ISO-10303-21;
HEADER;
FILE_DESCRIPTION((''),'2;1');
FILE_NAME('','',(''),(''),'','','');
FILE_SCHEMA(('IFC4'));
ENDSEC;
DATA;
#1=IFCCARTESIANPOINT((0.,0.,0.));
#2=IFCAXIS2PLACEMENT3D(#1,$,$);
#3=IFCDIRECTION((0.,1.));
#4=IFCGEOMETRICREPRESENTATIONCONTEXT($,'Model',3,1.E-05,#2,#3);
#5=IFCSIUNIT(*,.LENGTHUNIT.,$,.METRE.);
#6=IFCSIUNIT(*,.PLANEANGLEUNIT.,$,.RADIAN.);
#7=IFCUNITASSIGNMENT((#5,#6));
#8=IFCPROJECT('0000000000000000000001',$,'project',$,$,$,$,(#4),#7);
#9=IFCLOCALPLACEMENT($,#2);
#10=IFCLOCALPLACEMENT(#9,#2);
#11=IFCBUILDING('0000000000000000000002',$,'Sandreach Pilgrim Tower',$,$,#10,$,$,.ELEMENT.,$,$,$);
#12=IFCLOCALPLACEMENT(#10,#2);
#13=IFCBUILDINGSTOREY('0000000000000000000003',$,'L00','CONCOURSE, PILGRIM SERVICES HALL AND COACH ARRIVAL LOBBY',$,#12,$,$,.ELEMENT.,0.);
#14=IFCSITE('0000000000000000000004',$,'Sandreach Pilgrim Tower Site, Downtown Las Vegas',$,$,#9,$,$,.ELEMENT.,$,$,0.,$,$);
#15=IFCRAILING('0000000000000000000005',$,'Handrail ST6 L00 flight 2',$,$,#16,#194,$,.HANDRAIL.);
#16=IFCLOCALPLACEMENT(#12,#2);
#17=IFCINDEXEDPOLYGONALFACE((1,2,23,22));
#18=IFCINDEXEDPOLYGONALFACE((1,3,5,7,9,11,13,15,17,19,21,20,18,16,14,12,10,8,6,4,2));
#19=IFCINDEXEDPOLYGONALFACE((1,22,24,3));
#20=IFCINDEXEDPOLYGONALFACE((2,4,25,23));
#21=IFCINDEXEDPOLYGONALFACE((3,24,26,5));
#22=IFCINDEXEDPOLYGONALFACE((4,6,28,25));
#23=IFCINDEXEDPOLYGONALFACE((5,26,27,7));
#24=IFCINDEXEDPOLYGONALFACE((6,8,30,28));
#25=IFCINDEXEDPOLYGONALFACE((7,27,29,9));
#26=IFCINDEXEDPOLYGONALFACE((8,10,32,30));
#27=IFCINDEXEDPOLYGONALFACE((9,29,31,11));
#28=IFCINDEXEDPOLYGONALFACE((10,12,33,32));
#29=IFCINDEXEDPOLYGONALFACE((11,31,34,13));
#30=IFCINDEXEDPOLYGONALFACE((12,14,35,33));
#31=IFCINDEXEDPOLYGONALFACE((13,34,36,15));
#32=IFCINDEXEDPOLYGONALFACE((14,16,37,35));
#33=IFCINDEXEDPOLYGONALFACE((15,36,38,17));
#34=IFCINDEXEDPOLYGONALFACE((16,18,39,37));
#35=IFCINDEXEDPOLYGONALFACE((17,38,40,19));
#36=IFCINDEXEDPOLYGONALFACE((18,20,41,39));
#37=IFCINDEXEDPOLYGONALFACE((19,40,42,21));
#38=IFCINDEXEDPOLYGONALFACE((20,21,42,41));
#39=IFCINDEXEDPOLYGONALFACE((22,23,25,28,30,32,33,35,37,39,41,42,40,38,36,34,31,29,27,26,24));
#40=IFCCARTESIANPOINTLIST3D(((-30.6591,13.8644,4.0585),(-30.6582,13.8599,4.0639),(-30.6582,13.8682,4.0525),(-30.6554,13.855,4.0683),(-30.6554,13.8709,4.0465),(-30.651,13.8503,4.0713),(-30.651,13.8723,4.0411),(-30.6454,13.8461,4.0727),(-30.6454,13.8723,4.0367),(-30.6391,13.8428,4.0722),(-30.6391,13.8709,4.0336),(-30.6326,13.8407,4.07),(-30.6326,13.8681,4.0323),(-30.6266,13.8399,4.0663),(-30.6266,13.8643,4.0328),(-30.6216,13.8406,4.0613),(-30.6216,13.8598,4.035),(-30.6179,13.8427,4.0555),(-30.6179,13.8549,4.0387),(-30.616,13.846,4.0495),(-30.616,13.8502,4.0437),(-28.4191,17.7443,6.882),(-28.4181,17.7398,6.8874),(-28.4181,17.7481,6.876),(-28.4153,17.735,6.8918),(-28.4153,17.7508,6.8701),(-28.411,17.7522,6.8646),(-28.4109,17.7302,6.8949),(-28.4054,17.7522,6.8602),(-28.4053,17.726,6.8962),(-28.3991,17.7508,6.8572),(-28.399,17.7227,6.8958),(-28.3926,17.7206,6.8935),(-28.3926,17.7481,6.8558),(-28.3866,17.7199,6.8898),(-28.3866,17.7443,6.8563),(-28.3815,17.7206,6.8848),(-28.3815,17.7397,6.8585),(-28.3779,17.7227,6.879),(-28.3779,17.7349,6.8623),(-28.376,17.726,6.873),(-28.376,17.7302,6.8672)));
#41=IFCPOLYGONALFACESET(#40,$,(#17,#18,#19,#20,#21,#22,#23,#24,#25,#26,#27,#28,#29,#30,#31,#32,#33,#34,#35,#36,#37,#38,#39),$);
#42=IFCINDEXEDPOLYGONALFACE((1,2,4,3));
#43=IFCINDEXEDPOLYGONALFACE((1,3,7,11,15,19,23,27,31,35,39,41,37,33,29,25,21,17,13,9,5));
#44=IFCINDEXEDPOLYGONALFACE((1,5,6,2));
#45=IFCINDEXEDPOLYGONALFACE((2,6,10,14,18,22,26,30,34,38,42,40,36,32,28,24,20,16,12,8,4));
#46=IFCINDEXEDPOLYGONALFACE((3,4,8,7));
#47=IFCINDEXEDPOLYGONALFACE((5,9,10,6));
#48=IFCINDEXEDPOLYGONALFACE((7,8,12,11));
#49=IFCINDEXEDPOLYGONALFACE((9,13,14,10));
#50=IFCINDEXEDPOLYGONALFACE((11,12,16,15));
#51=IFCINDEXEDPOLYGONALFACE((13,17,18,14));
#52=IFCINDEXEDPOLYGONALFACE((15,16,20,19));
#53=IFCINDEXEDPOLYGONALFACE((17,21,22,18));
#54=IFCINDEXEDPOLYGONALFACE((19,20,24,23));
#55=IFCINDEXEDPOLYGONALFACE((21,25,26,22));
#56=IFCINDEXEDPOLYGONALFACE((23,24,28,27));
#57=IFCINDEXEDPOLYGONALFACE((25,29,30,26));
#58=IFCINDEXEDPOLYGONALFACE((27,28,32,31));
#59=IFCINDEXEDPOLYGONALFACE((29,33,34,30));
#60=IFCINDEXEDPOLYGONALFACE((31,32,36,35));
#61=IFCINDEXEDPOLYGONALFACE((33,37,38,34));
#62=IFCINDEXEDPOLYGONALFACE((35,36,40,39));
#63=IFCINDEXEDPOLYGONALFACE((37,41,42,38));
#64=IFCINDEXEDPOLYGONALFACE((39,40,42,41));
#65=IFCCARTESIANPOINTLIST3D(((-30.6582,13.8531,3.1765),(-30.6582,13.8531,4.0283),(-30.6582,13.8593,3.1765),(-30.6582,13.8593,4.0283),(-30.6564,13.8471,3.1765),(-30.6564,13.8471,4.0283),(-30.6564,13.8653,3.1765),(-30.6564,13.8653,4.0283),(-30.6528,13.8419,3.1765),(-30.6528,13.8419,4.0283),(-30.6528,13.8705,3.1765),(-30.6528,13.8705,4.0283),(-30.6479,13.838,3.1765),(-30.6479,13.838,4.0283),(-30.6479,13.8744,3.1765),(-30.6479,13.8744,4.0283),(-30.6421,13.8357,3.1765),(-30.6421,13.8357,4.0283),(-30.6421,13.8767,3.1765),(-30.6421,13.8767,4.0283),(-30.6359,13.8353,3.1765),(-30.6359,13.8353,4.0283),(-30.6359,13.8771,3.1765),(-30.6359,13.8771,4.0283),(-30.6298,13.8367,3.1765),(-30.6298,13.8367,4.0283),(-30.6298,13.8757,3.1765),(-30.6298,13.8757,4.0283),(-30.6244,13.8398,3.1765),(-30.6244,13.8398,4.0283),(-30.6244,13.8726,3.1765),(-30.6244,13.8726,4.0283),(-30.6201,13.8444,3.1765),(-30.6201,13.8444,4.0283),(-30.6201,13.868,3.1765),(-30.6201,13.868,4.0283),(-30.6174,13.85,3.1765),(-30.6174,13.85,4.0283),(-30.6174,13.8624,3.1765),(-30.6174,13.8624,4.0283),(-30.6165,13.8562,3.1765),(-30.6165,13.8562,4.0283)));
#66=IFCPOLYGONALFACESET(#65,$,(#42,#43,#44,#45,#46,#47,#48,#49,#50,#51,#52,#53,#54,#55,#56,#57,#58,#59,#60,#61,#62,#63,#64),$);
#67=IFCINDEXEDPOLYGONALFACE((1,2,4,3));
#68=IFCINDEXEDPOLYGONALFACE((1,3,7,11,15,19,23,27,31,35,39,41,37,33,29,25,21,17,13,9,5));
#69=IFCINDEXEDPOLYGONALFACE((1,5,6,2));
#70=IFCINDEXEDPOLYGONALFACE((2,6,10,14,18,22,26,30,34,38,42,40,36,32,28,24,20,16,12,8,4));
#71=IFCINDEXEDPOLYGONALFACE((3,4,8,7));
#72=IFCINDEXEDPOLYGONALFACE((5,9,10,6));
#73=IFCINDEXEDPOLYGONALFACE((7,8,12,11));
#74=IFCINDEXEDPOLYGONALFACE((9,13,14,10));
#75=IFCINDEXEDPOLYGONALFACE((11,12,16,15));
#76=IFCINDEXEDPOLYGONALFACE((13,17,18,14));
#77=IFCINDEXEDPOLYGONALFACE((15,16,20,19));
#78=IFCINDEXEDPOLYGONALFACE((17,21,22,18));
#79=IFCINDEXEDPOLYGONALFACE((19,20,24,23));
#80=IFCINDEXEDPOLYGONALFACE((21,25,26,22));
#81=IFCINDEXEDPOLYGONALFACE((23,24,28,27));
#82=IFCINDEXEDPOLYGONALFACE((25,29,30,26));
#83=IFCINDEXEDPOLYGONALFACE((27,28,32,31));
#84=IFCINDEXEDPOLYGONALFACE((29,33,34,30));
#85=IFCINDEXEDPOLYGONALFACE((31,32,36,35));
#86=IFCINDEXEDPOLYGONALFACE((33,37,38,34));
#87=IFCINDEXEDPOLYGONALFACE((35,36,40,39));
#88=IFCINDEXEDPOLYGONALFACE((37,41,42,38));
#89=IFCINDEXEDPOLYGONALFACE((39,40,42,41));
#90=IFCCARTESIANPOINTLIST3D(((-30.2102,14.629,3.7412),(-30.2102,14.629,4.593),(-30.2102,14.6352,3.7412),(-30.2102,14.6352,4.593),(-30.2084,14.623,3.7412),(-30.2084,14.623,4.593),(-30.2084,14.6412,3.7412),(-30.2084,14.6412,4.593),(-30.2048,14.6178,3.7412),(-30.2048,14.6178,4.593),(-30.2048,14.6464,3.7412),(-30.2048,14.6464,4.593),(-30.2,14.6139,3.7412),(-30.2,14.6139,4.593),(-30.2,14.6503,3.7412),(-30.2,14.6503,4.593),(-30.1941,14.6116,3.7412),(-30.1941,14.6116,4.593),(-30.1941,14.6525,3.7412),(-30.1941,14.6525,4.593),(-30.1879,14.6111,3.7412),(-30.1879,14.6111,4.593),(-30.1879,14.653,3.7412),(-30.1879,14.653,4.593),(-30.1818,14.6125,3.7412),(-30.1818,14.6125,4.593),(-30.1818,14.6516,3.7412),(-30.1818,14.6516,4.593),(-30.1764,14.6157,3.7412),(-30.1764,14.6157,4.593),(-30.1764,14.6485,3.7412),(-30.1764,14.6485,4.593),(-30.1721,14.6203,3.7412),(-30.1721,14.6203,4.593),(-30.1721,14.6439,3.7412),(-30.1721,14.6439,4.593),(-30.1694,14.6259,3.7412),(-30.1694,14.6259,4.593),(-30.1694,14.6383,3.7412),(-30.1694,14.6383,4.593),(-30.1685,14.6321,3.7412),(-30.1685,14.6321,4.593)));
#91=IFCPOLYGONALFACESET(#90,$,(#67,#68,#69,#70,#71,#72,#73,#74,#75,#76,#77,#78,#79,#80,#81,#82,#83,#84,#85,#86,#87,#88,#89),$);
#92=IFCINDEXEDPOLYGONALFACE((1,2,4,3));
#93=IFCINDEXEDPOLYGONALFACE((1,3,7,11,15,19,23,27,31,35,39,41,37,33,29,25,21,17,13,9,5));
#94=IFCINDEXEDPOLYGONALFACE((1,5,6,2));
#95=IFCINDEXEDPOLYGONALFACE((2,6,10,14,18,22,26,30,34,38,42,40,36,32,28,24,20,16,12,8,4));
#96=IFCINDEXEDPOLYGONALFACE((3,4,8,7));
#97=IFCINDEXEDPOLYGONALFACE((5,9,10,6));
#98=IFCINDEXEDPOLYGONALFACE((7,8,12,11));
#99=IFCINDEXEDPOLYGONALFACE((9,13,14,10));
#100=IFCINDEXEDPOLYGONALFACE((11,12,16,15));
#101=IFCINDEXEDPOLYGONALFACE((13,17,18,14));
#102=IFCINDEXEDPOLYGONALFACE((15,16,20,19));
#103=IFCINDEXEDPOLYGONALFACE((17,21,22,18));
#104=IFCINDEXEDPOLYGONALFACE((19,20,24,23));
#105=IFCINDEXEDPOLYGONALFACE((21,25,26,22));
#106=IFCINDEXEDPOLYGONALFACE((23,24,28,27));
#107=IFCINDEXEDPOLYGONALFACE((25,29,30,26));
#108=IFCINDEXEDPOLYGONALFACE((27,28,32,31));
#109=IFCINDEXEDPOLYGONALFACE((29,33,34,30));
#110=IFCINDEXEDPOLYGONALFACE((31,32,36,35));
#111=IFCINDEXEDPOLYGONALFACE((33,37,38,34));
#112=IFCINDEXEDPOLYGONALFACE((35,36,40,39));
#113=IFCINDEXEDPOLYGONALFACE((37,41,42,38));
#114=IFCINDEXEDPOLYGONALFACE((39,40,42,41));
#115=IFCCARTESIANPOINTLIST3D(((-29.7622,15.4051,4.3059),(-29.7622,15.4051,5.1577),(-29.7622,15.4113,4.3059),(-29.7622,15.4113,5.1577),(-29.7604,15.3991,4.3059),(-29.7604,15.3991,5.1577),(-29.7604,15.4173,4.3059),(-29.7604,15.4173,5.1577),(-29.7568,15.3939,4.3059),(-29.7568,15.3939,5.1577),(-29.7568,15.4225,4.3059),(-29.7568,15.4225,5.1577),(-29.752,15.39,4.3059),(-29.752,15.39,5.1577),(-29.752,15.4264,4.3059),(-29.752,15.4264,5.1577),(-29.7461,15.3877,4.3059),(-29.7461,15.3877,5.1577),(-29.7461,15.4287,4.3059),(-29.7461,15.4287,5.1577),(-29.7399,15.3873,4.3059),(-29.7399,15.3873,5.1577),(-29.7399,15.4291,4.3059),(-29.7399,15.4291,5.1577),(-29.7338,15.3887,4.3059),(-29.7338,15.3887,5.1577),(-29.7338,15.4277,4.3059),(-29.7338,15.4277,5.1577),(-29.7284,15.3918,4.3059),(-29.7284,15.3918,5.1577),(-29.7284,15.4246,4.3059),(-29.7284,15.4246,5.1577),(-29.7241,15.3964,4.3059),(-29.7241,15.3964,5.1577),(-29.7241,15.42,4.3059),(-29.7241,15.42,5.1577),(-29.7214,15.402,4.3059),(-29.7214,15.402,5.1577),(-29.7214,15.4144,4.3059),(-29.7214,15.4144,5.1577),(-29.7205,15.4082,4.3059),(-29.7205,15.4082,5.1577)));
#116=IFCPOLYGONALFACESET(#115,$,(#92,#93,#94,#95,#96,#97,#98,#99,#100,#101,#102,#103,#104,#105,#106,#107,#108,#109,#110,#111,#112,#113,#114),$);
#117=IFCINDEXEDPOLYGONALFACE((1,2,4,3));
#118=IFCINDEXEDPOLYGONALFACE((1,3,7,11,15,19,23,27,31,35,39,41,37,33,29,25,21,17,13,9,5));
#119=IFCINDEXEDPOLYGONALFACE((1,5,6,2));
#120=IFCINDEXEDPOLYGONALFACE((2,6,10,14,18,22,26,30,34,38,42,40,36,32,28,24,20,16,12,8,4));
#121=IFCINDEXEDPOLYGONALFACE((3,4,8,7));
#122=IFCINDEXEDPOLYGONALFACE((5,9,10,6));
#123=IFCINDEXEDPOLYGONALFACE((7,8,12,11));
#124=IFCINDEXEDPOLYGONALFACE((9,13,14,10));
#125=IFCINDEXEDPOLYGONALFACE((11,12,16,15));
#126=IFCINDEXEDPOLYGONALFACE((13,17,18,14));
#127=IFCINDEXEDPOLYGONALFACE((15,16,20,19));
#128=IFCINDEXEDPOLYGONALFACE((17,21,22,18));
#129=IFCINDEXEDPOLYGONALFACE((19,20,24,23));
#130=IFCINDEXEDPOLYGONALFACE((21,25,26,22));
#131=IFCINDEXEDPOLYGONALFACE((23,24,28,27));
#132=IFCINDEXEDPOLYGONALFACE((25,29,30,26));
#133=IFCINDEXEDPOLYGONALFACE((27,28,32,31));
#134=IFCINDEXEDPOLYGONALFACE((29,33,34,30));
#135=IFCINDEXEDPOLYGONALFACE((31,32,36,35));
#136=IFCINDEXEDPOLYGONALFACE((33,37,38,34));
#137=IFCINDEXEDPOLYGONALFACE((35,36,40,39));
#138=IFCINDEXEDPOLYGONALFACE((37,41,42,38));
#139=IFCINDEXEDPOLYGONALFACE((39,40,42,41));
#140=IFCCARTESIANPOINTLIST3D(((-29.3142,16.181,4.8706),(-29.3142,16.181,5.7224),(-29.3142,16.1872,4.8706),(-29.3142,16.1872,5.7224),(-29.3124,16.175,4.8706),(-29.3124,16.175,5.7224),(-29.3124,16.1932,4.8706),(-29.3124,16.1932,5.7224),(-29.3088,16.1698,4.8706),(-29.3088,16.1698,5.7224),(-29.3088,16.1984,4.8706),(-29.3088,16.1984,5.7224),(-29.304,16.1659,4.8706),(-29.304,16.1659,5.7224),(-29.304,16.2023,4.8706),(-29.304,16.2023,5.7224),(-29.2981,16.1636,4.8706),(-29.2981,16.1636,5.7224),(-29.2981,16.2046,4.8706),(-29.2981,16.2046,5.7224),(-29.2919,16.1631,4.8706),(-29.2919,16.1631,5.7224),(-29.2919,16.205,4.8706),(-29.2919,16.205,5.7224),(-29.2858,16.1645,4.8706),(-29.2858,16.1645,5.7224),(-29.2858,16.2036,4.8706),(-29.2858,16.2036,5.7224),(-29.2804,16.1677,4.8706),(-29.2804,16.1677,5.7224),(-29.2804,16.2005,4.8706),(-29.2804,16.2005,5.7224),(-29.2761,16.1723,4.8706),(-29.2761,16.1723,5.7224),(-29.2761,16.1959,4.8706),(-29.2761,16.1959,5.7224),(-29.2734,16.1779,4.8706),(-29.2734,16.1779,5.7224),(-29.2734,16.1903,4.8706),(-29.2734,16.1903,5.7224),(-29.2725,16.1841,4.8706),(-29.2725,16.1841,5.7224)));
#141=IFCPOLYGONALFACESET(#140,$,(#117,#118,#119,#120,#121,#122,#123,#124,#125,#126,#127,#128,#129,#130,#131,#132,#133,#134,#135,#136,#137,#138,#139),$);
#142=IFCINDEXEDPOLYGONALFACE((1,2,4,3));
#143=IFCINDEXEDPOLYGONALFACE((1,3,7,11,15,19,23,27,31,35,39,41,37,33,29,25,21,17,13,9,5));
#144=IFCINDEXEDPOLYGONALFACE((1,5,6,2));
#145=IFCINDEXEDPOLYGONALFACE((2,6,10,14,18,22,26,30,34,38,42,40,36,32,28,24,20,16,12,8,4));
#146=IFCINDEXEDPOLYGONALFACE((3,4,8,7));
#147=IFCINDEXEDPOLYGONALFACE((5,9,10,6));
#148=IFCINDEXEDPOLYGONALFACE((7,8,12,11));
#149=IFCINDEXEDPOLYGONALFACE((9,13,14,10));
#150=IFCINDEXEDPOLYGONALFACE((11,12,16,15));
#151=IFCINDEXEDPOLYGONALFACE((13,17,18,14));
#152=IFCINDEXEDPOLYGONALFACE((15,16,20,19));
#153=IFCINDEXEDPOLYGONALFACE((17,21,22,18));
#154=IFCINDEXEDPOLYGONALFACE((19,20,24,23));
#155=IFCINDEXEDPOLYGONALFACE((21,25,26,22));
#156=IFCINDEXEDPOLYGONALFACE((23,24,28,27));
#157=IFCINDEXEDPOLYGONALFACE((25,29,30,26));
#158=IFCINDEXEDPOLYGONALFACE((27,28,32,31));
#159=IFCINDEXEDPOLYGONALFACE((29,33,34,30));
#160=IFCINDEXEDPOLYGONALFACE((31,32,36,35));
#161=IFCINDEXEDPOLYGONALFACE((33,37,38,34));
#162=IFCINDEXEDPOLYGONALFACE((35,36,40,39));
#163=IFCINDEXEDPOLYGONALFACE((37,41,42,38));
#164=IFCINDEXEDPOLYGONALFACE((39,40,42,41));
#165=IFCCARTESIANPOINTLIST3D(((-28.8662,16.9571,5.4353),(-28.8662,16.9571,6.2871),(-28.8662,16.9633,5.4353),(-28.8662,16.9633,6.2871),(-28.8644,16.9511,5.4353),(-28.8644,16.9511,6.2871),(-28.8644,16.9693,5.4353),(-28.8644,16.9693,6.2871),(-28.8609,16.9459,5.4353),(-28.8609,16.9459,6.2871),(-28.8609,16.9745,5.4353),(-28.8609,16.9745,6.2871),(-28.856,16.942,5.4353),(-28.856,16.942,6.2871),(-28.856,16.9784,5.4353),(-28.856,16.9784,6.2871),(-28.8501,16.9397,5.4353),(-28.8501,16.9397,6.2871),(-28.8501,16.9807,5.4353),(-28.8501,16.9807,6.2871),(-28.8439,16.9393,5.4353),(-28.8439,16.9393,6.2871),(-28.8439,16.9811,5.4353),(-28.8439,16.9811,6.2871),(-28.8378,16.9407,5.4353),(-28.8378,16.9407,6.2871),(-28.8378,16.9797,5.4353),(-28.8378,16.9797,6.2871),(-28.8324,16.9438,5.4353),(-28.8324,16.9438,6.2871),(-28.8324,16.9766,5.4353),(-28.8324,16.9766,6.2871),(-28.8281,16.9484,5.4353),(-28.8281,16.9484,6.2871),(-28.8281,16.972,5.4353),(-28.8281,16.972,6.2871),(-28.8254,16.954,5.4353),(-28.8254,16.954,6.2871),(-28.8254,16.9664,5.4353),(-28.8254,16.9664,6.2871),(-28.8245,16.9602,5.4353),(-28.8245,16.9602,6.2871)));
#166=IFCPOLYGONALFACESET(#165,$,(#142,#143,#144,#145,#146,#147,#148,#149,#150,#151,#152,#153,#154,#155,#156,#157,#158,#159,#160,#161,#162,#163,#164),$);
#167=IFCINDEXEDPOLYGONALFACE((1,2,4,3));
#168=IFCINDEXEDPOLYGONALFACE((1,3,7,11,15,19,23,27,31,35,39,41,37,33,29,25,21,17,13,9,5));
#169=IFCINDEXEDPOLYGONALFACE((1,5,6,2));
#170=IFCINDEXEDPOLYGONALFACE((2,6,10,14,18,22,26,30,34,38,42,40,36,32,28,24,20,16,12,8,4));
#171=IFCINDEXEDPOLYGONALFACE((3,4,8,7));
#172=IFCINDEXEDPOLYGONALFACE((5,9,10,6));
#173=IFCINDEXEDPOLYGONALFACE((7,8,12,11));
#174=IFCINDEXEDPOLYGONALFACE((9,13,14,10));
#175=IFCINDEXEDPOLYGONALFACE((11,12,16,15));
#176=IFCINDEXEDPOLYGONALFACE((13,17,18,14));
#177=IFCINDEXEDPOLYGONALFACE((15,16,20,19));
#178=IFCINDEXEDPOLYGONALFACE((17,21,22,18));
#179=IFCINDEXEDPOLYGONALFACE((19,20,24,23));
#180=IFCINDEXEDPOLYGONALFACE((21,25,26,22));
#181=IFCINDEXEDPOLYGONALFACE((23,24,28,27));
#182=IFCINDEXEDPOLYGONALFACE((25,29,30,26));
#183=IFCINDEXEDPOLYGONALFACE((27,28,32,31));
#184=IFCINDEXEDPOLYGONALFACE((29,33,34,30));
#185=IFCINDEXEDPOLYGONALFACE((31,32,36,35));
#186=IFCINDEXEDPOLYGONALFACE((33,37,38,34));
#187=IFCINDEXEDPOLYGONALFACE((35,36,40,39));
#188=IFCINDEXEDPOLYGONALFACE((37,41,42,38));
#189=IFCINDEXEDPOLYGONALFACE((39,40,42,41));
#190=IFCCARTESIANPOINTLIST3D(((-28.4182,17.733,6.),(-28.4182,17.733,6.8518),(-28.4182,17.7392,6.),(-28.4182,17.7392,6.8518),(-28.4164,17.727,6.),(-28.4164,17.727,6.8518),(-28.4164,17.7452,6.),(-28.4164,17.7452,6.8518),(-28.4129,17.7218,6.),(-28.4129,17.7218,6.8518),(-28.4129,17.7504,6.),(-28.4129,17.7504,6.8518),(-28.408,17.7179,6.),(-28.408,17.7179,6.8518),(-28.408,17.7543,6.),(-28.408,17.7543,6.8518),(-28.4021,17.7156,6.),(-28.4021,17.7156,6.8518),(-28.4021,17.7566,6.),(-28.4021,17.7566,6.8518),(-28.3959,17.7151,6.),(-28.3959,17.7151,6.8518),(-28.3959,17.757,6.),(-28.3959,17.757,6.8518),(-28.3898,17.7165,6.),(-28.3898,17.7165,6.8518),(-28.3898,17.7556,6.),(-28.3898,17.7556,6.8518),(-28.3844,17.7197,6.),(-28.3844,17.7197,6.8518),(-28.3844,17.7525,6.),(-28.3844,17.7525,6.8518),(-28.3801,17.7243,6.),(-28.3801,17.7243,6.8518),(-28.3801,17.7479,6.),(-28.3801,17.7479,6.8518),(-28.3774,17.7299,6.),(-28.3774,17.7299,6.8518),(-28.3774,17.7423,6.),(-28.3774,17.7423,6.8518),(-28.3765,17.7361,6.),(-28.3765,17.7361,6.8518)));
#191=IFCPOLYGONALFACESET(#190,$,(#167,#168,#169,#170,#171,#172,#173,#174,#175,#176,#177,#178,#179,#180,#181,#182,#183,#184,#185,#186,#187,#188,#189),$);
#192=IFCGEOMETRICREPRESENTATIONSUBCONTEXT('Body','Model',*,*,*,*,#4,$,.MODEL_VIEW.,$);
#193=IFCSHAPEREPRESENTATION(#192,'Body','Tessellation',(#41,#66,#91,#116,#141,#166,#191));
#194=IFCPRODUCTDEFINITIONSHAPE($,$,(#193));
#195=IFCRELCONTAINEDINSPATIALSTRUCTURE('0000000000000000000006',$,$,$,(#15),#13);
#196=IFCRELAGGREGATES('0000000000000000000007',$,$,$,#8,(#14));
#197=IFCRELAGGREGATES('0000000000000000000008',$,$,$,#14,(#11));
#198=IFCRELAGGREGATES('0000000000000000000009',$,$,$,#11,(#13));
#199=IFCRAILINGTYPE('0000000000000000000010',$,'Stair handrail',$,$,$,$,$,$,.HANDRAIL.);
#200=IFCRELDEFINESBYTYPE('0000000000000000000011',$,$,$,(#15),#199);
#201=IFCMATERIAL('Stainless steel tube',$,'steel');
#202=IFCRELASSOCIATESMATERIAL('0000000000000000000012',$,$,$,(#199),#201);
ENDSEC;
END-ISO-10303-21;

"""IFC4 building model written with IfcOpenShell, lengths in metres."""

from ifc_helpers import new_model, si_unit, direction, frame, origin, origin_2d, place, context, subcontext, project, spatial, circle, extrude, material, type_object, element, save


model = new_model("IFC4")

# Units and contexts
model_context = context("Model", 3, precision=1e-05, world=origin(), true_north=direction((0.0, 1.0)))
body_context = subcontext(model_context, "Body", "Model", "MODEL_VIEW")
ifc_project = project(units=[si_unit("LENGTHUNIT", "METRE"), si_unit("PLANEANGLEUNIT", "RADIAN")], contexts=[model_context])

# Site, building, storey
site_placement = place(None, origin())
site = spatial("IfcSite", under=ifc_project, at=site_placement, Name="Sandreach Pilgrim Tower Site, Downtown Las Vegas", CompositionType="ELEMENT", RefElevation=0.0)
building_placement = place(site_placement, origin())
building = spatial("IfcBuilding", under=site, at=building_placement, Name="Sandreach Pilgrim Tower", CompositionType="ELEMENT")
storey_placement = place(building_placement, origin())
storey = spatial("IfcBuildingStorey", under=building, at=storey_placement, Name="L00", Description="CONCOURSE, PILGRIM SERVICES HALL AND COACH ARRIVAL LOBBY", CompositionType="ELEMENT", Elevation=0.0)

# Railing
ifc_material_1 = material(Name="Stainless steel tube", Category="steel")
railing_type = type_object("IfcRailingType", Name="Stair handrail", PredefinedType="HANDRAIL", material=ifc_material_1)
railing_placement = place(storey_placement, frame((-30.6375, 13.8562, 3.1765)))
element("IfcRailing", 1, at=railing_placement, inside=storey, type_object=railing_type, Name="Handrail ST6 L00 flight 2", PredefinedType="HANDRAIL", context=body_context, shape_type="SweptSolid", body=[
    extrude(circle(Radius=0.0239, at=origin_2d()), frame((0.0, 0.0, 0.876), z_axis=(0.422993, 0.732665, 0.533178), x_axis=(-0.866031, 0.49999, 0.0)), (0.0, 0.0, 1.0), 5.2957),
    extrude(circle(Radius=0.021, at=origin_2d()), origin(), (0.0, 0.0, 1.0), 0.8518),
    extrude(circle(Radius=0.021, at=origin_2d()), frame((0.448, 0.7759, 0.5647)), (0.0, 0.0, 1.0), 0.8518),
    extrude(circle(Radius=0.021, at=origin_2d()), frame((0.896, 1.552, 1.1294)), (0.0, 0.0, 1.0), 0.8518),
    extrude(circle(Radius=0.021, at=origin_2d()), frame((1.344, 2.3279, 1.6941)), (0.0, 0.0, 1.0), 0.8518),
    extrude(circle(Radius=0.021, at=origin_2d()), frame((1.792, 3.104, 2.2588)), (0.0, 0.0, 1.0), 0.8518),
    extrude(circle(Radius=0.021, at=origin_2d()), frame((2.24, 3.8799, 2.8235)), (0.0, 0.0, 1.0), 0.8518),
])

save(model, "model.ifc")
